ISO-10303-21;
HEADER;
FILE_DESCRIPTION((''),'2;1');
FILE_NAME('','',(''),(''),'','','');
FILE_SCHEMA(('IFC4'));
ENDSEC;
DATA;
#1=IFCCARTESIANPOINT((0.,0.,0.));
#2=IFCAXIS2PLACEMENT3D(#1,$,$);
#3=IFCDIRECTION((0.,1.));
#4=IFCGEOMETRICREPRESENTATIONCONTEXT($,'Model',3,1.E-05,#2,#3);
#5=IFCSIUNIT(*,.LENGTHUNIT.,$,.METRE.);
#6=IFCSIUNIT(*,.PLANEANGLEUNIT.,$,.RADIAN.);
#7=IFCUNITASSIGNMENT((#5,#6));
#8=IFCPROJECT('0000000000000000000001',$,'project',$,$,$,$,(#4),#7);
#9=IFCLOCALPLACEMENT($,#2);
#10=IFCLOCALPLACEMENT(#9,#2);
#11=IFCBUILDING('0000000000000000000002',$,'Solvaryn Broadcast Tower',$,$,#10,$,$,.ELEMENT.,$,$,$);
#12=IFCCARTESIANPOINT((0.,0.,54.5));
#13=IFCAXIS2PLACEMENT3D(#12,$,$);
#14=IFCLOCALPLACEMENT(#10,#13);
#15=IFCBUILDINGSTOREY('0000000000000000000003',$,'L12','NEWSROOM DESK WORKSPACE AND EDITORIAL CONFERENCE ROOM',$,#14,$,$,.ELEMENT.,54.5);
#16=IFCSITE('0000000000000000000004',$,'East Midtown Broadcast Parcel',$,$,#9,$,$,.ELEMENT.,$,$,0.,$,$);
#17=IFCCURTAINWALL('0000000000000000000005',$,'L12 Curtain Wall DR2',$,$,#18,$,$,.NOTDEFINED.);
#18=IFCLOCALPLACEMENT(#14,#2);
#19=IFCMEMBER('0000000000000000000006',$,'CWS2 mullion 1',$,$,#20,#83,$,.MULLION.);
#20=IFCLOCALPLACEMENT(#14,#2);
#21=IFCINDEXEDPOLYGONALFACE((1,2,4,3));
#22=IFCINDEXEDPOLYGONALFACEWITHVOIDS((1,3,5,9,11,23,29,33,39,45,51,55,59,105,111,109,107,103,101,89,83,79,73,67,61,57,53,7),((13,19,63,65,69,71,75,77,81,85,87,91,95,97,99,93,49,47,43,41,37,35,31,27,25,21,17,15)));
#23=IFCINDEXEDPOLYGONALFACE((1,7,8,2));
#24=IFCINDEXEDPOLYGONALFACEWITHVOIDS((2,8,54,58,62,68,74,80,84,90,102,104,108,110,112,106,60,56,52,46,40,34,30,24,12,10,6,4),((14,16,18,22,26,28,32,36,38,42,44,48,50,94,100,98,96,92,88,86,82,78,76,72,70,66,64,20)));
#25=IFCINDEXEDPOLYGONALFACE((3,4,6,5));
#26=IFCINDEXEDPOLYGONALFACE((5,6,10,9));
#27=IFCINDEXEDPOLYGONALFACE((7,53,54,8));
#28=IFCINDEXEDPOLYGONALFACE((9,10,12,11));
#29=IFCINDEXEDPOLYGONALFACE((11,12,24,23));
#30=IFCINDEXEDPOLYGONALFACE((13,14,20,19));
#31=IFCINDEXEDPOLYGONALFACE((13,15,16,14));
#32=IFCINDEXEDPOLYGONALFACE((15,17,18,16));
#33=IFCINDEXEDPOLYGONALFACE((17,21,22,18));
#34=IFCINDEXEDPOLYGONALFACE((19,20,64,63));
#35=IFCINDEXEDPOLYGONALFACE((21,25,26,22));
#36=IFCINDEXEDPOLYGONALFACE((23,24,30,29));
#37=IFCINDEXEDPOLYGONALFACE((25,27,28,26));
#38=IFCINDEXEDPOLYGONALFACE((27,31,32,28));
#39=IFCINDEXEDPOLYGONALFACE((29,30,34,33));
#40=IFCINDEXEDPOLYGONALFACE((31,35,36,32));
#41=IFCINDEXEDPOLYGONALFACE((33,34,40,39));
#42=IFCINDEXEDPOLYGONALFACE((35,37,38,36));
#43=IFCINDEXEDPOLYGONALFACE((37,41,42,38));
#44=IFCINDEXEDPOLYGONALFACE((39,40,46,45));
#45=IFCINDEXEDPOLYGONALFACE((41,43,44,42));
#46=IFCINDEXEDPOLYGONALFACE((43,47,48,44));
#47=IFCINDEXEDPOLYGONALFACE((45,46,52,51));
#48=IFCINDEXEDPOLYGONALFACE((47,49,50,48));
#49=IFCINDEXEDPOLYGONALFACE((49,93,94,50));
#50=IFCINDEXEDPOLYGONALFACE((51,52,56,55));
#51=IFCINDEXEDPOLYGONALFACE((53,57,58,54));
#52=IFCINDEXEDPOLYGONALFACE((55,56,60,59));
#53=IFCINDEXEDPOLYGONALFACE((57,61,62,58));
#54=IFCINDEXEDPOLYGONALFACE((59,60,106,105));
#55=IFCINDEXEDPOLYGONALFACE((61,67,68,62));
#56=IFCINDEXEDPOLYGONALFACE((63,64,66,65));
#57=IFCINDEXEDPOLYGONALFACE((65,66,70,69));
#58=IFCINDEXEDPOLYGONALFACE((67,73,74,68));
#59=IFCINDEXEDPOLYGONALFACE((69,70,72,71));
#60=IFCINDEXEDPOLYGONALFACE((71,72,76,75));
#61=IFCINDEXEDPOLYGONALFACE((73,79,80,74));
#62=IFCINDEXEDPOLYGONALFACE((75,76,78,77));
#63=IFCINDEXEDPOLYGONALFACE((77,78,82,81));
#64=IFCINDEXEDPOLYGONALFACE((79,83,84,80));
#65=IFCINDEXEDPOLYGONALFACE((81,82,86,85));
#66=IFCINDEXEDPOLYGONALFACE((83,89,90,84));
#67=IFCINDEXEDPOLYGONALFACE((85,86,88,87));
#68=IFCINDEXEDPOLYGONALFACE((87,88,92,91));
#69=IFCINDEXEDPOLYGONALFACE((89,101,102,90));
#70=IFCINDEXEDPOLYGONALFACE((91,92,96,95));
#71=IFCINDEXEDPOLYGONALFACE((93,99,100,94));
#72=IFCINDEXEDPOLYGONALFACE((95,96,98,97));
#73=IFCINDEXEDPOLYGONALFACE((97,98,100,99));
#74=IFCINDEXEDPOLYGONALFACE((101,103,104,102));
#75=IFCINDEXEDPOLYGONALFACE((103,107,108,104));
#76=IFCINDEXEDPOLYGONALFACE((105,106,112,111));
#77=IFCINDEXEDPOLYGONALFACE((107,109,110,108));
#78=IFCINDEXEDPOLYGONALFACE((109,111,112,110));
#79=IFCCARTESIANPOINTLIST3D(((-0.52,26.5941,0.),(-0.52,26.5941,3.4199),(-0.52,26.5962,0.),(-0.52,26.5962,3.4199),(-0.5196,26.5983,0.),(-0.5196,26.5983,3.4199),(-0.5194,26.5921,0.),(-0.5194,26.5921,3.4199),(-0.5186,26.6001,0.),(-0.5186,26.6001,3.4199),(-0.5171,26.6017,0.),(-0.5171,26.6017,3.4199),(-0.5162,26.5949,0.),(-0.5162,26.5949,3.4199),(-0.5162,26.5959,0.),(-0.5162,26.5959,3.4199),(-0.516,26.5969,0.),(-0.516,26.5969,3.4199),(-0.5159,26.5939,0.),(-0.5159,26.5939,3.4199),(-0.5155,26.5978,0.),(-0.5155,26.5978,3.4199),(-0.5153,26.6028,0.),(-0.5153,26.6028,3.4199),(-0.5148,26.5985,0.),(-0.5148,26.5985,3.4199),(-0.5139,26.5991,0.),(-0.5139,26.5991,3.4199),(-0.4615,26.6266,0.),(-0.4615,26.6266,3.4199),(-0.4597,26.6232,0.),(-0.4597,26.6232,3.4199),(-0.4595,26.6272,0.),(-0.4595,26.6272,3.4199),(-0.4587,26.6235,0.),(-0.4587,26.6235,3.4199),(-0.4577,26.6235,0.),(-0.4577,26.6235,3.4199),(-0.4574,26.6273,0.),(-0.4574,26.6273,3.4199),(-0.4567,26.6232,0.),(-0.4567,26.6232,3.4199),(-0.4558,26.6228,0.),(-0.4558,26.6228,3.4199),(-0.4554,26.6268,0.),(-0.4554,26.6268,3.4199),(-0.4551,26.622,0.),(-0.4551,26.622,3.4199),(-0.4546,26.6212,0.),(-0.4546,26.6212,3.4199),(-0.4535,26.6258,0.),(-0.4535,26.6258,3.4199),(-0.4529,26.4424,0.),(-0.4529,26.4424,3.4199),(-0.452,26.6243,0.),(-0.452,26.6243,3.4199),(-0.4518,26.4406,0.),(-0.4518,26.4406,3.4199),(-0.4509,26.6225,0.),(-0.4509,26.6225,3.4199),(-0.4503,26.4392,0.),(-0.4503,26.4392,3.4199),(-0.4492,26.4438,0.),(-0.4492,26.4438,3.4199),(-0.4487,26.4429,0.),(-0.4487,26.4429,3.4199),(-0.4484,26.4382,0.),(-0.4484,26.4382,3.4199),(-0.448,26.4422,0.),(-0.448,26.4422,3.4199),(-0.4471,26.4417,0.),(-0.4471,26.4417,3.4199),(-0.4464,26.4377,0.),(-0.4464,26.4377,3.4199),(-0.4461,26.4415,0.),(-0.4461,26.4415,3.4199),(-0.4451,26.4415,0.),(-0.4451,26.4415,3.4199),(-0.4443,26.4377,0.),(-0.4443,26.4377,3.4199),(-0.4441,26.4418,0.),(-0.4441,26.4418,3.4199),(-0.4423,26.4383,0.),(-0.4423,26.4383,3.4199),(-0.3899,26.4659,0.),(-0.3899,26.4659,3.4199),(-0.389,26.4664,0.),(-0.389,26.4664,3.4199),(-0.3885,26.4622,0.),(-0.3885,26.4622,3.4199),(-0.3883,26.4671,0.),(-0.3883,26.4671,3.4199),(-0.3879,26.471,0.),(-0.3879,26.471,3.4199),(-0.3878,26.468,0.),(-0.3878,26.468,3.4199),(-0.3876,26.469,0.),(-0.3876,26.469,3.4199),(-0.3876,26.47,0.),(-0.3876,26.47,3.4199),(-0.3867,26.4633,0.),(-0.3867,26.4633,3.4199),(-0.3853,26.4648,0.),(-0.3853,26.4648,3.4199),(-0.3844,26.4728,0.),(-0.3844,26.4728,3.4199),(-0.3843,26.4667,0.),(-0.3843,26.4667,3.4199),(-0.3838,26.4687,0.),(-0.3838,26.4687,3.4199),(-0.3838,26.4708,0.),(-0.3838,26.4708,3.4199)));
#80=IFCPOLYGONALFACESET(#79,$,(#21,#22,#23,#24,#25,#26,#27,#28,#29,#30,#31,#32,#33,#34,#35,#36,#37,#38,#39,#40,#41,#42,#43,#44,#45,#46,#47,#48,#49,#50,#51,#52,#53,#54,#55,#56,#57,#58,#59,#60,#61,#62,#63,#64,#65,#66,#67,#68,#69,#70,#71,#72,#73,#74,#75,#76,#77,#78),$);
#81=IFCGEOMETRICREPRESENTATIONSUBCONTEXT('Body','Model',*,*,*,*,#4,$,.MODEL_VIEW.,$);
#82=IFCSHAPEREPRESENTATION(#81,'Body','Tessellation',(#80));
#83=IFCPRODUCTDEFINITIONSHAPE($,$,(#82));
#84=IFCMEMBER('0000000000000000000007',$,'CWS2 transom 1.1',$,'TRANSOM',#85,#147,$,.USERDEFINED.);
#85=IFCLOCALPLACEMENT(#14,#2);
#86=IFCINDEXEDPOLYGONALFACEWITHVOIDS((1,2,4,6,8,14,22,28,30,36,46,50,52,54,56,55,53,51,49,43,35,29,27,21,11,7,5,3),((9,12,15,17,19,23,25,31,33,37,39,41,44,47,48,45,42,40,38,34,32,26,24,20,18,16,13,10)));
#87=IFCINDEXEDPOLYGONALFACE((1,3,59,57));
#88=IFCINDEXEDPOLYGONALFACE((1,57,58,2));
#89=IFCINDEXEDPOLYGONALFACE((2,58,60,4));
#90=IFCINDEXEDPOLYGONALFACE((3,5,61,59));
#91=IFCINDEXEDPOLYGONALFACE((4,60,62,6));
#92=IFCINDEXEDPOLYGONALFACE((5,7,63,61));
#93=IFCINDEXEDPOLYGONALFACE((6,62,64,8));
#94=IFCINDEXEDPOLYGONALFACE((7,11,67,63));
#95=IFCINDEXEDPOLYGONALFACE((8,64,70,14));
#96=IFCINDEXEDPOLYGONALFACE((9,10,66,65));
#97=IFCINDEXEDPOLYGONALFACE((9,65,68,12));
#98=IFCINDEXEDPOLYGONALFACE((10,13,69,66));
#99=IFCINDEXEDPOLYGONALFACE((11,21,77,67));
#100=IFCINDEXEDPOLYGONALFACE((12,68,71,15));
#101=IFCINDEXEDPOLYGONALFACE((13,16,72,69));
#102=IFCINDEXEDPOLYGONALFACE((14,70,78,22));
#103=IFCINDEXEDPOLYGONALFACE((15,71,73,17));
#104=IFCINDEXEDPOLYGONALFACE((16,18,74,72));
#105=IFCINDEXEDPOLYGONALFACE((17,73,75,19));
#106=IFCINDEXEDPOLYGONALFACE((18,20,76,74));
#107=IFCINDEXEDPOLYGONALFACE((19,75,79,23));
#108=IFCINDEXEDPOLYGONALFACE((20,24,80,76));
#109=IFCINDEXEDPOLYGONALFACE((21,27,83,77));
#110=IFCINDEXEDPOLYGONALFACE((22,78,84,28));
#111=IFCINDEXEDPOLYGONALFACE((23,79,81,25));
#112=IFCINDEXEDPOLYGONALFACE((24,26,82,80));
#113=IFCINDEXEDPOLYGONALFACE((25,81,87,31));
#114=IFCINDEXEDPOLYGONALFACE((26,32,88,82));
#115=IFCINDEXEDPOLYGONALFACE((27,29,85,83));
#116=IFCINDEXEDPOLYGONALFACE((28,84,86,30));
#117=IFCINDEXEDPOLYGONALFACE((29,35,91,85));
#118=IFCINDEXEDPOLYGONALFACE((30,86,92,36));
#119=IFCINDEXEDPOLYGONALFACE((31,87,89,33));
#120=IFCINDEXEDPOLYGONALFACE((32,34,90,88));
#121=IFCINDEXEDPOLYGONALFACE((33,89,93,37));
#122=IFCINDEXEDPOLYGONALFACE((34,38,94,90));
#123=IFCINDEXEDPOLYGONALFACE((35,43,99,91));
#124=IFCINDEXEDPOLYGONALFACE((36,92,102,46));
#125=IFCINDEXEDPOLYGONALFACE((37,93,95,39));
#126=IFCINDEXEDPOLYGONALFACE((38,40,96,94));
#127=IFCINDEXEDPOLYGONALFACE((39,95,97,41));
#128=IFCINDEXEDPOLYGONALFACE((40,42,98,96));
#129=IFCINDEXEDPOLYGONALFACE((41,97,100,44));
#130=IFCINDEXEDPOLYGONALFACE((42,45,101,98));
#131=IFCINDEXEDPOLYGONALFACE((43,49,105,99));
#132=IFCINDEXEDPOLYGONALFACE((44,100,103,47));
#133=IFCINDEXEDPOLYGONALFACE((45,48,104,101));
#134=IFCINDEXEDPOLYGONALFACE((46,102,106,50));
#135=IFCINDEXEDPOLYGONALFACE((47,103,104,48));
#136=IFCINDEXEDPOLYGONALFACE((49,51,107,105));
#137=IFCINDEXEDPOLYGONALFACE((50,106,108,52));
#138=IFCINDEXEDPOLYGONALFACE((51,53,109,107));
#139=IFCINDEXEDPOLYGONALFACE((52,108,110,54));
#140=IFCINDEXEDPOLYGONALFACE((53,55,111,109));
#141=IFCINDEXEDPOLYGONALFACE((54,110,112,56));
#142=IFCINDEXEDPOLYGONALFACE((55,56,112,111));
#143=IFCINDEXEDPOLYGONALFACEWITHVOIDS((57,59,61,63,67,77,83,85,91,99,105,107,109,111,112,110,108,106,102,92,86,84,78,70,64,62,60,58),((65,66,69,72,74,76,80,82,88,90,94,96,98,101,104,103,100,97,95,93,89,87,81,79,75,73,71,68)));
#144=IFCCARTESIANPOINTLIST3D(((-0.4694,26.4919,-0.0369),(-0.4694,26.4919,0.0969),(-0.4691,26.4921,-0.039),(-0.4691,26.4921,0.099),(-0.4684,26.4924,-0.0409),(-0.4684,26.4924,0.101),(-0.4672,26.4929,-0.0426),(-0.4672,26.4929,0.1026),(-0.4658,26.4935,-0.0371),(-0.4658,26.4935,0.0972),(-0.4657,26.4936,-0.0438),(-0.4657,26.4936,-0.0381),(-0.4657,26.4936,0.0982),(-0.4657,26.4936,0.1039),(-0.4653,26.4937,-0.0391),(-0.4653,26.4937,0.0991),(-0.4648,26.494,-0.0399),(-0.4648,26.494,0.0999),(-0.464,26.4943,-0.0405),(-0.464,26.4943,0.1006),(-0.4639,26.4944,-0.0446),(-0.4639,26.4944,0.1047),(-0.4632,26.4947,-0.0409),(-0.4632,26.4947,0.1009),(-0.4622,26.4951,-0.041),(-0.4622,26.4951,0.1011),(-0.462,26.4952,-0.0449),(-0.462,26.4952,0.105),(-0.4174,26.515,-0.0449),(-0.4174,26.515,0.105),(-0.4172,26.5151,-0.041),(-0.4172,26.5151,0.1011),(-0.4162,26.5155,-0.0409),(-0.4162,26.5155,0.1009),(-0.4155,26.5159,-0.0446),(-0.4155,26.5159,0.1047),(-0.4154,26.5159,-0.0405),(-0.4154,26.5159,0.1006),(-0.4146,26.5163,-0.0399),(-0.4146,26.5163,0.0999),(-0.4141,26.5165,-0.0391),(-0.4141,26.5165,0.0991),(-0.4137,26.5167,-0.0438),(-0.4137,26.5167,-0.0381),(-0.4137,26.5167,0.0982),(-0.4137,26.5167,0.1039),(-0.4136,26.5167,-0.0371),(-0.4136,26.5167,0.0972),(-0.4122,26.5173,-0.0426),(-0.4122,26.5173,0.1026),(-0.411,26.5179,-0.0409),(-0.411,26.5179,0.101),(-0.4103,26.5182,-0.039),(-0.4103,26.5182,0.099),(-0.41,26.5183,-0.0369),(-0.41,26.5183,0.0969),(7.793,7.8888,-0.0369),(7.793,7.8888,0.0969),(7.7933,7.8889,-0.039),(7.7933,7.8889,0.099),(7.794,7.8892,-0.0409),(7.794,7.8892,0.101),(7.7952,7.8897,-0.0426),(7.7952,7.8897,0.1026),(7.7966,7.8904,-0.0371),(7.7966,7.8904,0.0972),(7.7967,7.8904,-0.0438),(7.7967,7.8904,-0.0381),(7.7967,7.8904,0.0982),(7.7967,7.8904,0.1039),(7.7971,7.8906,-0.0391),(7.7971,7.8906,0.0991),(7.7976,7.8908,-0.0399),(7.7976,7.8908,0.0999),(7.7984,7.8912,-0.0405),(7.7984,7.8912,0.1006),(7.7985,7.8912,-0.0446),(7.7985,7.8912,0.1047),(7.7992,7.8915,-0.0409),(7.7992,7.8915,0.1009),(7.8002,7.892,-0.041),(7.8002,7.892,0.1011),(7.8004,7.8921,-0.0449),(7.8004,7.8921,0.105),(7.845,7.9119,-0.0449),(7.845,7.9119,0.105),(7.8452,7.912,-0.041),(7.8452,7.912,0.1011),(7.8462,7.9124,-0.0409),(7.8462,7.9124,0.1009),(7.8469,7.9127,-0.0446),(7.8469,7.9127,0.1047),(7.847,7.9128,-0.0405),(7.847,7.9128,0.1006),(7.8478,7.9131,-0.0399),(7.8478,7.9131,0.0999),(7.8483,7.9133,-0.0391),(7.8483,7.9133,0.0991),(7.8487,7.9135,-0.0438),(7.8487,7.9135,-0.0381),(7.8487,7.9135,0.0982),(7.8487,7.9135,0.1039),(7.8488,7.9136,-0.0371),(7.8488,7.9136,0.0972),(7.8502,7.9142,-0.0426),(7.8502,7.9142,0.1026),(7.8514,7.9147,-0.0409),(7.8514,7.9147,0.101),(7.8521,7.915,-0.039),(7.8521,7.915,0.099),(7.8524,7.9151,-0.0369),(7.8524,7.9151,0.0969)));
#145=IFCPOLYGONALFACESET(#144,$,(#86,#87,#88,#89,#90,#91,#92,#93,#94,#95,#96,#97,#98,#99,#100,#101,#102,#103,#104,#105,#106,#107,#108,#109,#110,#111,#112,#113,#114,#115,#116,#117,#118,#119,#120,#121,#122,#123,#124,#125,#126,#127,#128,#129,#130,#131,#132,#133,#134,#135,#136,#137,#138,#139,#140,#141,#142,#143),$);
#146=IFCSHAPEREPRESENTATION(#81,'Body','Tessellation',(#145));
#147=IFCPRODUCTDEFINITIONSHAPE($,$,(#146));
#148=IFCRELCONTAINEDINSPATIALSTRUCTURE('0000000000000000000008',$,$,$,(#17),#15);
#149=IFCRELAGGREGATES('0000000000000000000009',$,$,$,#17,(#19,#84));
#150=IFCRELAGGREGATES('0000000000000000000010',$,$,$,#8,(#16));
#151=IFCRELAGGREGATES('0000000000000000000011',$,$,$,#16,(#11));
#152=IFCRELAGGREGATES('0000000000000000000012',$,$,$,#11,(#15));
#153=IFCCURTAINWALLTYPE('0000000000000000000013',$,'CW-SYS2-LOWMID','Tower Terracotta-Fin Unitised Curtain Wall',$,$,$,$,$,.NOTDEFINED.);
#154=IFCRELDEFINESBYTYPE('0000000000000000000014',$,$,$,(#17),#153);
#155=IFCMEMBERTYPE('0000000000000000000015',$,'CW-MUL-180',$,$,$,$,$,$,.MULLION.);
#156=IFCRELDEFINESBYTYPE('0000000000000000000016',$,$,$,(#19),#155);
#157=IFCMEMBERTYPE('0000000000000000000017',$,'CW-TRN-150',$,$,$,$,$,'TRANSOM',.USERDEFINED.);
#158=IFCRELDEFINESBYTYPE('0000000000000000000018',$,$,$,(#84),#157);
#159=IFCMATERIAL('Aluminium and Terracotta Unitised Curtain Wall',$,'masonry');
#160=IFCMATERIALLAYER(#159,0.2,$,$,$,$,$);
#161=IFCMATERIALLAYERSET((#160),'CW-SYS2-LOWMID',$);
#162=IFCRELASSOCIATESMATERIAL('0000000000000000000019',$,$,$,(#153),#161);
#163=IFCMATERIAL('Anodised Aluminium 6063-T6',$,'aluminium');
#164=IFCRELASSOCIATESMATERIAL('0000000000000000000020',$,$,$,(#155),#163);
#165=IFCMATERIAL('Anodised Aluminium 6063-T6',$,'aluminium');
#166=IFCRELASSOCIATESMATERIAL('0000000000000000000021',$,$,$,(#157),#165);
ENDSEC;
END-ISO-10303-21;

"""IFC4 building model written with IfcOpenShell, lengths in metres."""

from ifc_helpers import new_model, si_unit, direction, frame, origin, origin_2d, place, context, subcontext, project, spatial, hollow_rectangle, extrude, material, layer, layer_set, material_profile, profile_set, type_object, element, aggregate, save


model = new_model("IFC4")

# Units and contexts
model_context = context("Model", 3, precision=1e-05, world=origin(), true_north=direction((0.0, 1.0)))
body_context = subcontext(model_context, "Body", "Model", "MODEL_VIEW")
ifc_project = project(units=[si_unit("LENGTHUNIT", "METRE"), si_unit("PLANEANGLEUNIT", "RADIAN")], contexts=[model_context])

# Site, building, storey
site_placement = place(None, origin())
site = spatial("IfcSite", under=ifc_project, at=site_placement, Name="East Midtown Broadcast Parcel", CompositionType="ELEMENT", RefElevation=0.0)
building_placement = place(site_placement, origin())
building = spatial("IfcBuilding", under=site, at=building_placement, Name="Solvaryn Broadcast Tower", CompositionType="ELEMENT")
storey_placement = place(building_placement, frame((0.0, 0.0, 54.5)))
storey = spatial("IfcBuildingStorey", under=building, at=storey_placement, Name="L12", Description="NEWSROOM DESK WORKSPACE AND EDITORIAL CONFERENCE ROOM", CompositionType="ELEMENT", Elevation=54.5)

# Shared definitions
ifc_material_1 = material(Name="Aluminium and Terracotta Unitised Curtain Wall", Category="masonry")
ifc_layer_1 = layer(ifc_material_1, 0.2)
ifc_layer_set_1 = layer_set([ifc_layer_1], Name="CW-SYS2-LOWMID")
curtain_wall_type = type_object("IfcCurtainWallType", Name="CW-SYS2-LOWMID", Description="Tower Terracotta-Fin Unitised Curtain Wall", PredefinedType="NOTDEFINED", material=ifc_layer_set_1)
ifc_material_2 = material(Name="Anodised Aluminium 6063-T6", Category="aluminium")
ifc_material_profile_1 = material_profile(ifc_material_2, hollow_rectangle(XDim=0.075, YDim=0.1799, WallThickness=0.0039, InnerFilletRadius=0.0039, OuterFilletRadius=0.0081, at=origin_2d()))
ifc_profile_set_1 = profile_set([ifc_material_profile_1], Name="Anodised Aluminium 6063-T6")
member_type_1 = type_object("IfcMemberType", Name="CW-MUL-180", PredefinedType="MULLION", material=ifc_profile_set_1)

# Curtain wall, members
curtain_wall_1_placement = place(storey_placement, origin())
curtain_wall_1 = element("IfcCurtainWall", 1, at=curtain_wall_1_placement, inside=storey, type_object=curtain_wall_type, Name="L12 Curtain Wall DR2", PredefinedType="NOTDEFINED")
member_1_placement = place(storey_placement, frame((-0.4519, 26.5325, 0.0), z_axis=(0.0, 0.0, 1.0), x_axis=(0.913918, 0.405898, 0.0)))
member_1 = element("IfcMember", 2, at=member_1_placement, type_object=member_type_1, Name="CWS2 mullion 1", PredefinedType="MULLION", context=body_context, shape_type="SweptSolid", body=[
    extrude(hollow_rectangle(XDim=0.075, YDim=0.1799, WallThickness=0.0039, InnerFilletRadius=0.0039, OuterFilletRadius=0.0081, at=origin_2d()), origin(), (0.0, 0.0, 1.0), 3.4199),
])
ifc_material_3 = material(Name="Anodised Aluminium 6063-T6", Category="aluminium")
ifc_material_profile_2 = material_profile(ifc_material_3, hollow_rectangle(XDim=0.0649, YDim=0.1499, WallThickness=0.0039, InnerFilletRadius=0.0039, OuterFilletRadius=0.0081, at=origin_2d()))
ifc_profile_set_2 = profile_set([ifc_material_profile_2], Name="Anodised Aluminium 6063-T6")
member_type_2 = type_object("IfcMemberType", Name="CW-TRN-150", ElementType="TRANSOM", PredefinedType="USERDEFINED", material=ifc_profile_set_2)
member_2_placement = place(storey_placement, frame((-0.4397, 26.5051, 0.03), z_axis=(0.405906, -0.913915, 0.0), x_axis=(0.913915, 0.405906, 0.0)))
member_2 = element("IfcMember", 3, at=member_2_placement, type_object=member_type_2, Name="CWS2 transom 1.1", ObjectType="TRANSOM", PredefinedType="USERDEFINED", context=body_context, shape_type="SweptSolid", body=[
    extrude(hollow_rectangle(XDim=0.0649, YDim=0.1499, WallThickness=0.0039, InnerFilletRadius=0.0039, OuterFilletRadius=0.0081, at=origin_2d()), origin(), (0.0, 0.0, 1.0), 20.3555),
])
aggregate(curtain_wall_1, [member_1, member_2])

save(model, "model.ifc")
